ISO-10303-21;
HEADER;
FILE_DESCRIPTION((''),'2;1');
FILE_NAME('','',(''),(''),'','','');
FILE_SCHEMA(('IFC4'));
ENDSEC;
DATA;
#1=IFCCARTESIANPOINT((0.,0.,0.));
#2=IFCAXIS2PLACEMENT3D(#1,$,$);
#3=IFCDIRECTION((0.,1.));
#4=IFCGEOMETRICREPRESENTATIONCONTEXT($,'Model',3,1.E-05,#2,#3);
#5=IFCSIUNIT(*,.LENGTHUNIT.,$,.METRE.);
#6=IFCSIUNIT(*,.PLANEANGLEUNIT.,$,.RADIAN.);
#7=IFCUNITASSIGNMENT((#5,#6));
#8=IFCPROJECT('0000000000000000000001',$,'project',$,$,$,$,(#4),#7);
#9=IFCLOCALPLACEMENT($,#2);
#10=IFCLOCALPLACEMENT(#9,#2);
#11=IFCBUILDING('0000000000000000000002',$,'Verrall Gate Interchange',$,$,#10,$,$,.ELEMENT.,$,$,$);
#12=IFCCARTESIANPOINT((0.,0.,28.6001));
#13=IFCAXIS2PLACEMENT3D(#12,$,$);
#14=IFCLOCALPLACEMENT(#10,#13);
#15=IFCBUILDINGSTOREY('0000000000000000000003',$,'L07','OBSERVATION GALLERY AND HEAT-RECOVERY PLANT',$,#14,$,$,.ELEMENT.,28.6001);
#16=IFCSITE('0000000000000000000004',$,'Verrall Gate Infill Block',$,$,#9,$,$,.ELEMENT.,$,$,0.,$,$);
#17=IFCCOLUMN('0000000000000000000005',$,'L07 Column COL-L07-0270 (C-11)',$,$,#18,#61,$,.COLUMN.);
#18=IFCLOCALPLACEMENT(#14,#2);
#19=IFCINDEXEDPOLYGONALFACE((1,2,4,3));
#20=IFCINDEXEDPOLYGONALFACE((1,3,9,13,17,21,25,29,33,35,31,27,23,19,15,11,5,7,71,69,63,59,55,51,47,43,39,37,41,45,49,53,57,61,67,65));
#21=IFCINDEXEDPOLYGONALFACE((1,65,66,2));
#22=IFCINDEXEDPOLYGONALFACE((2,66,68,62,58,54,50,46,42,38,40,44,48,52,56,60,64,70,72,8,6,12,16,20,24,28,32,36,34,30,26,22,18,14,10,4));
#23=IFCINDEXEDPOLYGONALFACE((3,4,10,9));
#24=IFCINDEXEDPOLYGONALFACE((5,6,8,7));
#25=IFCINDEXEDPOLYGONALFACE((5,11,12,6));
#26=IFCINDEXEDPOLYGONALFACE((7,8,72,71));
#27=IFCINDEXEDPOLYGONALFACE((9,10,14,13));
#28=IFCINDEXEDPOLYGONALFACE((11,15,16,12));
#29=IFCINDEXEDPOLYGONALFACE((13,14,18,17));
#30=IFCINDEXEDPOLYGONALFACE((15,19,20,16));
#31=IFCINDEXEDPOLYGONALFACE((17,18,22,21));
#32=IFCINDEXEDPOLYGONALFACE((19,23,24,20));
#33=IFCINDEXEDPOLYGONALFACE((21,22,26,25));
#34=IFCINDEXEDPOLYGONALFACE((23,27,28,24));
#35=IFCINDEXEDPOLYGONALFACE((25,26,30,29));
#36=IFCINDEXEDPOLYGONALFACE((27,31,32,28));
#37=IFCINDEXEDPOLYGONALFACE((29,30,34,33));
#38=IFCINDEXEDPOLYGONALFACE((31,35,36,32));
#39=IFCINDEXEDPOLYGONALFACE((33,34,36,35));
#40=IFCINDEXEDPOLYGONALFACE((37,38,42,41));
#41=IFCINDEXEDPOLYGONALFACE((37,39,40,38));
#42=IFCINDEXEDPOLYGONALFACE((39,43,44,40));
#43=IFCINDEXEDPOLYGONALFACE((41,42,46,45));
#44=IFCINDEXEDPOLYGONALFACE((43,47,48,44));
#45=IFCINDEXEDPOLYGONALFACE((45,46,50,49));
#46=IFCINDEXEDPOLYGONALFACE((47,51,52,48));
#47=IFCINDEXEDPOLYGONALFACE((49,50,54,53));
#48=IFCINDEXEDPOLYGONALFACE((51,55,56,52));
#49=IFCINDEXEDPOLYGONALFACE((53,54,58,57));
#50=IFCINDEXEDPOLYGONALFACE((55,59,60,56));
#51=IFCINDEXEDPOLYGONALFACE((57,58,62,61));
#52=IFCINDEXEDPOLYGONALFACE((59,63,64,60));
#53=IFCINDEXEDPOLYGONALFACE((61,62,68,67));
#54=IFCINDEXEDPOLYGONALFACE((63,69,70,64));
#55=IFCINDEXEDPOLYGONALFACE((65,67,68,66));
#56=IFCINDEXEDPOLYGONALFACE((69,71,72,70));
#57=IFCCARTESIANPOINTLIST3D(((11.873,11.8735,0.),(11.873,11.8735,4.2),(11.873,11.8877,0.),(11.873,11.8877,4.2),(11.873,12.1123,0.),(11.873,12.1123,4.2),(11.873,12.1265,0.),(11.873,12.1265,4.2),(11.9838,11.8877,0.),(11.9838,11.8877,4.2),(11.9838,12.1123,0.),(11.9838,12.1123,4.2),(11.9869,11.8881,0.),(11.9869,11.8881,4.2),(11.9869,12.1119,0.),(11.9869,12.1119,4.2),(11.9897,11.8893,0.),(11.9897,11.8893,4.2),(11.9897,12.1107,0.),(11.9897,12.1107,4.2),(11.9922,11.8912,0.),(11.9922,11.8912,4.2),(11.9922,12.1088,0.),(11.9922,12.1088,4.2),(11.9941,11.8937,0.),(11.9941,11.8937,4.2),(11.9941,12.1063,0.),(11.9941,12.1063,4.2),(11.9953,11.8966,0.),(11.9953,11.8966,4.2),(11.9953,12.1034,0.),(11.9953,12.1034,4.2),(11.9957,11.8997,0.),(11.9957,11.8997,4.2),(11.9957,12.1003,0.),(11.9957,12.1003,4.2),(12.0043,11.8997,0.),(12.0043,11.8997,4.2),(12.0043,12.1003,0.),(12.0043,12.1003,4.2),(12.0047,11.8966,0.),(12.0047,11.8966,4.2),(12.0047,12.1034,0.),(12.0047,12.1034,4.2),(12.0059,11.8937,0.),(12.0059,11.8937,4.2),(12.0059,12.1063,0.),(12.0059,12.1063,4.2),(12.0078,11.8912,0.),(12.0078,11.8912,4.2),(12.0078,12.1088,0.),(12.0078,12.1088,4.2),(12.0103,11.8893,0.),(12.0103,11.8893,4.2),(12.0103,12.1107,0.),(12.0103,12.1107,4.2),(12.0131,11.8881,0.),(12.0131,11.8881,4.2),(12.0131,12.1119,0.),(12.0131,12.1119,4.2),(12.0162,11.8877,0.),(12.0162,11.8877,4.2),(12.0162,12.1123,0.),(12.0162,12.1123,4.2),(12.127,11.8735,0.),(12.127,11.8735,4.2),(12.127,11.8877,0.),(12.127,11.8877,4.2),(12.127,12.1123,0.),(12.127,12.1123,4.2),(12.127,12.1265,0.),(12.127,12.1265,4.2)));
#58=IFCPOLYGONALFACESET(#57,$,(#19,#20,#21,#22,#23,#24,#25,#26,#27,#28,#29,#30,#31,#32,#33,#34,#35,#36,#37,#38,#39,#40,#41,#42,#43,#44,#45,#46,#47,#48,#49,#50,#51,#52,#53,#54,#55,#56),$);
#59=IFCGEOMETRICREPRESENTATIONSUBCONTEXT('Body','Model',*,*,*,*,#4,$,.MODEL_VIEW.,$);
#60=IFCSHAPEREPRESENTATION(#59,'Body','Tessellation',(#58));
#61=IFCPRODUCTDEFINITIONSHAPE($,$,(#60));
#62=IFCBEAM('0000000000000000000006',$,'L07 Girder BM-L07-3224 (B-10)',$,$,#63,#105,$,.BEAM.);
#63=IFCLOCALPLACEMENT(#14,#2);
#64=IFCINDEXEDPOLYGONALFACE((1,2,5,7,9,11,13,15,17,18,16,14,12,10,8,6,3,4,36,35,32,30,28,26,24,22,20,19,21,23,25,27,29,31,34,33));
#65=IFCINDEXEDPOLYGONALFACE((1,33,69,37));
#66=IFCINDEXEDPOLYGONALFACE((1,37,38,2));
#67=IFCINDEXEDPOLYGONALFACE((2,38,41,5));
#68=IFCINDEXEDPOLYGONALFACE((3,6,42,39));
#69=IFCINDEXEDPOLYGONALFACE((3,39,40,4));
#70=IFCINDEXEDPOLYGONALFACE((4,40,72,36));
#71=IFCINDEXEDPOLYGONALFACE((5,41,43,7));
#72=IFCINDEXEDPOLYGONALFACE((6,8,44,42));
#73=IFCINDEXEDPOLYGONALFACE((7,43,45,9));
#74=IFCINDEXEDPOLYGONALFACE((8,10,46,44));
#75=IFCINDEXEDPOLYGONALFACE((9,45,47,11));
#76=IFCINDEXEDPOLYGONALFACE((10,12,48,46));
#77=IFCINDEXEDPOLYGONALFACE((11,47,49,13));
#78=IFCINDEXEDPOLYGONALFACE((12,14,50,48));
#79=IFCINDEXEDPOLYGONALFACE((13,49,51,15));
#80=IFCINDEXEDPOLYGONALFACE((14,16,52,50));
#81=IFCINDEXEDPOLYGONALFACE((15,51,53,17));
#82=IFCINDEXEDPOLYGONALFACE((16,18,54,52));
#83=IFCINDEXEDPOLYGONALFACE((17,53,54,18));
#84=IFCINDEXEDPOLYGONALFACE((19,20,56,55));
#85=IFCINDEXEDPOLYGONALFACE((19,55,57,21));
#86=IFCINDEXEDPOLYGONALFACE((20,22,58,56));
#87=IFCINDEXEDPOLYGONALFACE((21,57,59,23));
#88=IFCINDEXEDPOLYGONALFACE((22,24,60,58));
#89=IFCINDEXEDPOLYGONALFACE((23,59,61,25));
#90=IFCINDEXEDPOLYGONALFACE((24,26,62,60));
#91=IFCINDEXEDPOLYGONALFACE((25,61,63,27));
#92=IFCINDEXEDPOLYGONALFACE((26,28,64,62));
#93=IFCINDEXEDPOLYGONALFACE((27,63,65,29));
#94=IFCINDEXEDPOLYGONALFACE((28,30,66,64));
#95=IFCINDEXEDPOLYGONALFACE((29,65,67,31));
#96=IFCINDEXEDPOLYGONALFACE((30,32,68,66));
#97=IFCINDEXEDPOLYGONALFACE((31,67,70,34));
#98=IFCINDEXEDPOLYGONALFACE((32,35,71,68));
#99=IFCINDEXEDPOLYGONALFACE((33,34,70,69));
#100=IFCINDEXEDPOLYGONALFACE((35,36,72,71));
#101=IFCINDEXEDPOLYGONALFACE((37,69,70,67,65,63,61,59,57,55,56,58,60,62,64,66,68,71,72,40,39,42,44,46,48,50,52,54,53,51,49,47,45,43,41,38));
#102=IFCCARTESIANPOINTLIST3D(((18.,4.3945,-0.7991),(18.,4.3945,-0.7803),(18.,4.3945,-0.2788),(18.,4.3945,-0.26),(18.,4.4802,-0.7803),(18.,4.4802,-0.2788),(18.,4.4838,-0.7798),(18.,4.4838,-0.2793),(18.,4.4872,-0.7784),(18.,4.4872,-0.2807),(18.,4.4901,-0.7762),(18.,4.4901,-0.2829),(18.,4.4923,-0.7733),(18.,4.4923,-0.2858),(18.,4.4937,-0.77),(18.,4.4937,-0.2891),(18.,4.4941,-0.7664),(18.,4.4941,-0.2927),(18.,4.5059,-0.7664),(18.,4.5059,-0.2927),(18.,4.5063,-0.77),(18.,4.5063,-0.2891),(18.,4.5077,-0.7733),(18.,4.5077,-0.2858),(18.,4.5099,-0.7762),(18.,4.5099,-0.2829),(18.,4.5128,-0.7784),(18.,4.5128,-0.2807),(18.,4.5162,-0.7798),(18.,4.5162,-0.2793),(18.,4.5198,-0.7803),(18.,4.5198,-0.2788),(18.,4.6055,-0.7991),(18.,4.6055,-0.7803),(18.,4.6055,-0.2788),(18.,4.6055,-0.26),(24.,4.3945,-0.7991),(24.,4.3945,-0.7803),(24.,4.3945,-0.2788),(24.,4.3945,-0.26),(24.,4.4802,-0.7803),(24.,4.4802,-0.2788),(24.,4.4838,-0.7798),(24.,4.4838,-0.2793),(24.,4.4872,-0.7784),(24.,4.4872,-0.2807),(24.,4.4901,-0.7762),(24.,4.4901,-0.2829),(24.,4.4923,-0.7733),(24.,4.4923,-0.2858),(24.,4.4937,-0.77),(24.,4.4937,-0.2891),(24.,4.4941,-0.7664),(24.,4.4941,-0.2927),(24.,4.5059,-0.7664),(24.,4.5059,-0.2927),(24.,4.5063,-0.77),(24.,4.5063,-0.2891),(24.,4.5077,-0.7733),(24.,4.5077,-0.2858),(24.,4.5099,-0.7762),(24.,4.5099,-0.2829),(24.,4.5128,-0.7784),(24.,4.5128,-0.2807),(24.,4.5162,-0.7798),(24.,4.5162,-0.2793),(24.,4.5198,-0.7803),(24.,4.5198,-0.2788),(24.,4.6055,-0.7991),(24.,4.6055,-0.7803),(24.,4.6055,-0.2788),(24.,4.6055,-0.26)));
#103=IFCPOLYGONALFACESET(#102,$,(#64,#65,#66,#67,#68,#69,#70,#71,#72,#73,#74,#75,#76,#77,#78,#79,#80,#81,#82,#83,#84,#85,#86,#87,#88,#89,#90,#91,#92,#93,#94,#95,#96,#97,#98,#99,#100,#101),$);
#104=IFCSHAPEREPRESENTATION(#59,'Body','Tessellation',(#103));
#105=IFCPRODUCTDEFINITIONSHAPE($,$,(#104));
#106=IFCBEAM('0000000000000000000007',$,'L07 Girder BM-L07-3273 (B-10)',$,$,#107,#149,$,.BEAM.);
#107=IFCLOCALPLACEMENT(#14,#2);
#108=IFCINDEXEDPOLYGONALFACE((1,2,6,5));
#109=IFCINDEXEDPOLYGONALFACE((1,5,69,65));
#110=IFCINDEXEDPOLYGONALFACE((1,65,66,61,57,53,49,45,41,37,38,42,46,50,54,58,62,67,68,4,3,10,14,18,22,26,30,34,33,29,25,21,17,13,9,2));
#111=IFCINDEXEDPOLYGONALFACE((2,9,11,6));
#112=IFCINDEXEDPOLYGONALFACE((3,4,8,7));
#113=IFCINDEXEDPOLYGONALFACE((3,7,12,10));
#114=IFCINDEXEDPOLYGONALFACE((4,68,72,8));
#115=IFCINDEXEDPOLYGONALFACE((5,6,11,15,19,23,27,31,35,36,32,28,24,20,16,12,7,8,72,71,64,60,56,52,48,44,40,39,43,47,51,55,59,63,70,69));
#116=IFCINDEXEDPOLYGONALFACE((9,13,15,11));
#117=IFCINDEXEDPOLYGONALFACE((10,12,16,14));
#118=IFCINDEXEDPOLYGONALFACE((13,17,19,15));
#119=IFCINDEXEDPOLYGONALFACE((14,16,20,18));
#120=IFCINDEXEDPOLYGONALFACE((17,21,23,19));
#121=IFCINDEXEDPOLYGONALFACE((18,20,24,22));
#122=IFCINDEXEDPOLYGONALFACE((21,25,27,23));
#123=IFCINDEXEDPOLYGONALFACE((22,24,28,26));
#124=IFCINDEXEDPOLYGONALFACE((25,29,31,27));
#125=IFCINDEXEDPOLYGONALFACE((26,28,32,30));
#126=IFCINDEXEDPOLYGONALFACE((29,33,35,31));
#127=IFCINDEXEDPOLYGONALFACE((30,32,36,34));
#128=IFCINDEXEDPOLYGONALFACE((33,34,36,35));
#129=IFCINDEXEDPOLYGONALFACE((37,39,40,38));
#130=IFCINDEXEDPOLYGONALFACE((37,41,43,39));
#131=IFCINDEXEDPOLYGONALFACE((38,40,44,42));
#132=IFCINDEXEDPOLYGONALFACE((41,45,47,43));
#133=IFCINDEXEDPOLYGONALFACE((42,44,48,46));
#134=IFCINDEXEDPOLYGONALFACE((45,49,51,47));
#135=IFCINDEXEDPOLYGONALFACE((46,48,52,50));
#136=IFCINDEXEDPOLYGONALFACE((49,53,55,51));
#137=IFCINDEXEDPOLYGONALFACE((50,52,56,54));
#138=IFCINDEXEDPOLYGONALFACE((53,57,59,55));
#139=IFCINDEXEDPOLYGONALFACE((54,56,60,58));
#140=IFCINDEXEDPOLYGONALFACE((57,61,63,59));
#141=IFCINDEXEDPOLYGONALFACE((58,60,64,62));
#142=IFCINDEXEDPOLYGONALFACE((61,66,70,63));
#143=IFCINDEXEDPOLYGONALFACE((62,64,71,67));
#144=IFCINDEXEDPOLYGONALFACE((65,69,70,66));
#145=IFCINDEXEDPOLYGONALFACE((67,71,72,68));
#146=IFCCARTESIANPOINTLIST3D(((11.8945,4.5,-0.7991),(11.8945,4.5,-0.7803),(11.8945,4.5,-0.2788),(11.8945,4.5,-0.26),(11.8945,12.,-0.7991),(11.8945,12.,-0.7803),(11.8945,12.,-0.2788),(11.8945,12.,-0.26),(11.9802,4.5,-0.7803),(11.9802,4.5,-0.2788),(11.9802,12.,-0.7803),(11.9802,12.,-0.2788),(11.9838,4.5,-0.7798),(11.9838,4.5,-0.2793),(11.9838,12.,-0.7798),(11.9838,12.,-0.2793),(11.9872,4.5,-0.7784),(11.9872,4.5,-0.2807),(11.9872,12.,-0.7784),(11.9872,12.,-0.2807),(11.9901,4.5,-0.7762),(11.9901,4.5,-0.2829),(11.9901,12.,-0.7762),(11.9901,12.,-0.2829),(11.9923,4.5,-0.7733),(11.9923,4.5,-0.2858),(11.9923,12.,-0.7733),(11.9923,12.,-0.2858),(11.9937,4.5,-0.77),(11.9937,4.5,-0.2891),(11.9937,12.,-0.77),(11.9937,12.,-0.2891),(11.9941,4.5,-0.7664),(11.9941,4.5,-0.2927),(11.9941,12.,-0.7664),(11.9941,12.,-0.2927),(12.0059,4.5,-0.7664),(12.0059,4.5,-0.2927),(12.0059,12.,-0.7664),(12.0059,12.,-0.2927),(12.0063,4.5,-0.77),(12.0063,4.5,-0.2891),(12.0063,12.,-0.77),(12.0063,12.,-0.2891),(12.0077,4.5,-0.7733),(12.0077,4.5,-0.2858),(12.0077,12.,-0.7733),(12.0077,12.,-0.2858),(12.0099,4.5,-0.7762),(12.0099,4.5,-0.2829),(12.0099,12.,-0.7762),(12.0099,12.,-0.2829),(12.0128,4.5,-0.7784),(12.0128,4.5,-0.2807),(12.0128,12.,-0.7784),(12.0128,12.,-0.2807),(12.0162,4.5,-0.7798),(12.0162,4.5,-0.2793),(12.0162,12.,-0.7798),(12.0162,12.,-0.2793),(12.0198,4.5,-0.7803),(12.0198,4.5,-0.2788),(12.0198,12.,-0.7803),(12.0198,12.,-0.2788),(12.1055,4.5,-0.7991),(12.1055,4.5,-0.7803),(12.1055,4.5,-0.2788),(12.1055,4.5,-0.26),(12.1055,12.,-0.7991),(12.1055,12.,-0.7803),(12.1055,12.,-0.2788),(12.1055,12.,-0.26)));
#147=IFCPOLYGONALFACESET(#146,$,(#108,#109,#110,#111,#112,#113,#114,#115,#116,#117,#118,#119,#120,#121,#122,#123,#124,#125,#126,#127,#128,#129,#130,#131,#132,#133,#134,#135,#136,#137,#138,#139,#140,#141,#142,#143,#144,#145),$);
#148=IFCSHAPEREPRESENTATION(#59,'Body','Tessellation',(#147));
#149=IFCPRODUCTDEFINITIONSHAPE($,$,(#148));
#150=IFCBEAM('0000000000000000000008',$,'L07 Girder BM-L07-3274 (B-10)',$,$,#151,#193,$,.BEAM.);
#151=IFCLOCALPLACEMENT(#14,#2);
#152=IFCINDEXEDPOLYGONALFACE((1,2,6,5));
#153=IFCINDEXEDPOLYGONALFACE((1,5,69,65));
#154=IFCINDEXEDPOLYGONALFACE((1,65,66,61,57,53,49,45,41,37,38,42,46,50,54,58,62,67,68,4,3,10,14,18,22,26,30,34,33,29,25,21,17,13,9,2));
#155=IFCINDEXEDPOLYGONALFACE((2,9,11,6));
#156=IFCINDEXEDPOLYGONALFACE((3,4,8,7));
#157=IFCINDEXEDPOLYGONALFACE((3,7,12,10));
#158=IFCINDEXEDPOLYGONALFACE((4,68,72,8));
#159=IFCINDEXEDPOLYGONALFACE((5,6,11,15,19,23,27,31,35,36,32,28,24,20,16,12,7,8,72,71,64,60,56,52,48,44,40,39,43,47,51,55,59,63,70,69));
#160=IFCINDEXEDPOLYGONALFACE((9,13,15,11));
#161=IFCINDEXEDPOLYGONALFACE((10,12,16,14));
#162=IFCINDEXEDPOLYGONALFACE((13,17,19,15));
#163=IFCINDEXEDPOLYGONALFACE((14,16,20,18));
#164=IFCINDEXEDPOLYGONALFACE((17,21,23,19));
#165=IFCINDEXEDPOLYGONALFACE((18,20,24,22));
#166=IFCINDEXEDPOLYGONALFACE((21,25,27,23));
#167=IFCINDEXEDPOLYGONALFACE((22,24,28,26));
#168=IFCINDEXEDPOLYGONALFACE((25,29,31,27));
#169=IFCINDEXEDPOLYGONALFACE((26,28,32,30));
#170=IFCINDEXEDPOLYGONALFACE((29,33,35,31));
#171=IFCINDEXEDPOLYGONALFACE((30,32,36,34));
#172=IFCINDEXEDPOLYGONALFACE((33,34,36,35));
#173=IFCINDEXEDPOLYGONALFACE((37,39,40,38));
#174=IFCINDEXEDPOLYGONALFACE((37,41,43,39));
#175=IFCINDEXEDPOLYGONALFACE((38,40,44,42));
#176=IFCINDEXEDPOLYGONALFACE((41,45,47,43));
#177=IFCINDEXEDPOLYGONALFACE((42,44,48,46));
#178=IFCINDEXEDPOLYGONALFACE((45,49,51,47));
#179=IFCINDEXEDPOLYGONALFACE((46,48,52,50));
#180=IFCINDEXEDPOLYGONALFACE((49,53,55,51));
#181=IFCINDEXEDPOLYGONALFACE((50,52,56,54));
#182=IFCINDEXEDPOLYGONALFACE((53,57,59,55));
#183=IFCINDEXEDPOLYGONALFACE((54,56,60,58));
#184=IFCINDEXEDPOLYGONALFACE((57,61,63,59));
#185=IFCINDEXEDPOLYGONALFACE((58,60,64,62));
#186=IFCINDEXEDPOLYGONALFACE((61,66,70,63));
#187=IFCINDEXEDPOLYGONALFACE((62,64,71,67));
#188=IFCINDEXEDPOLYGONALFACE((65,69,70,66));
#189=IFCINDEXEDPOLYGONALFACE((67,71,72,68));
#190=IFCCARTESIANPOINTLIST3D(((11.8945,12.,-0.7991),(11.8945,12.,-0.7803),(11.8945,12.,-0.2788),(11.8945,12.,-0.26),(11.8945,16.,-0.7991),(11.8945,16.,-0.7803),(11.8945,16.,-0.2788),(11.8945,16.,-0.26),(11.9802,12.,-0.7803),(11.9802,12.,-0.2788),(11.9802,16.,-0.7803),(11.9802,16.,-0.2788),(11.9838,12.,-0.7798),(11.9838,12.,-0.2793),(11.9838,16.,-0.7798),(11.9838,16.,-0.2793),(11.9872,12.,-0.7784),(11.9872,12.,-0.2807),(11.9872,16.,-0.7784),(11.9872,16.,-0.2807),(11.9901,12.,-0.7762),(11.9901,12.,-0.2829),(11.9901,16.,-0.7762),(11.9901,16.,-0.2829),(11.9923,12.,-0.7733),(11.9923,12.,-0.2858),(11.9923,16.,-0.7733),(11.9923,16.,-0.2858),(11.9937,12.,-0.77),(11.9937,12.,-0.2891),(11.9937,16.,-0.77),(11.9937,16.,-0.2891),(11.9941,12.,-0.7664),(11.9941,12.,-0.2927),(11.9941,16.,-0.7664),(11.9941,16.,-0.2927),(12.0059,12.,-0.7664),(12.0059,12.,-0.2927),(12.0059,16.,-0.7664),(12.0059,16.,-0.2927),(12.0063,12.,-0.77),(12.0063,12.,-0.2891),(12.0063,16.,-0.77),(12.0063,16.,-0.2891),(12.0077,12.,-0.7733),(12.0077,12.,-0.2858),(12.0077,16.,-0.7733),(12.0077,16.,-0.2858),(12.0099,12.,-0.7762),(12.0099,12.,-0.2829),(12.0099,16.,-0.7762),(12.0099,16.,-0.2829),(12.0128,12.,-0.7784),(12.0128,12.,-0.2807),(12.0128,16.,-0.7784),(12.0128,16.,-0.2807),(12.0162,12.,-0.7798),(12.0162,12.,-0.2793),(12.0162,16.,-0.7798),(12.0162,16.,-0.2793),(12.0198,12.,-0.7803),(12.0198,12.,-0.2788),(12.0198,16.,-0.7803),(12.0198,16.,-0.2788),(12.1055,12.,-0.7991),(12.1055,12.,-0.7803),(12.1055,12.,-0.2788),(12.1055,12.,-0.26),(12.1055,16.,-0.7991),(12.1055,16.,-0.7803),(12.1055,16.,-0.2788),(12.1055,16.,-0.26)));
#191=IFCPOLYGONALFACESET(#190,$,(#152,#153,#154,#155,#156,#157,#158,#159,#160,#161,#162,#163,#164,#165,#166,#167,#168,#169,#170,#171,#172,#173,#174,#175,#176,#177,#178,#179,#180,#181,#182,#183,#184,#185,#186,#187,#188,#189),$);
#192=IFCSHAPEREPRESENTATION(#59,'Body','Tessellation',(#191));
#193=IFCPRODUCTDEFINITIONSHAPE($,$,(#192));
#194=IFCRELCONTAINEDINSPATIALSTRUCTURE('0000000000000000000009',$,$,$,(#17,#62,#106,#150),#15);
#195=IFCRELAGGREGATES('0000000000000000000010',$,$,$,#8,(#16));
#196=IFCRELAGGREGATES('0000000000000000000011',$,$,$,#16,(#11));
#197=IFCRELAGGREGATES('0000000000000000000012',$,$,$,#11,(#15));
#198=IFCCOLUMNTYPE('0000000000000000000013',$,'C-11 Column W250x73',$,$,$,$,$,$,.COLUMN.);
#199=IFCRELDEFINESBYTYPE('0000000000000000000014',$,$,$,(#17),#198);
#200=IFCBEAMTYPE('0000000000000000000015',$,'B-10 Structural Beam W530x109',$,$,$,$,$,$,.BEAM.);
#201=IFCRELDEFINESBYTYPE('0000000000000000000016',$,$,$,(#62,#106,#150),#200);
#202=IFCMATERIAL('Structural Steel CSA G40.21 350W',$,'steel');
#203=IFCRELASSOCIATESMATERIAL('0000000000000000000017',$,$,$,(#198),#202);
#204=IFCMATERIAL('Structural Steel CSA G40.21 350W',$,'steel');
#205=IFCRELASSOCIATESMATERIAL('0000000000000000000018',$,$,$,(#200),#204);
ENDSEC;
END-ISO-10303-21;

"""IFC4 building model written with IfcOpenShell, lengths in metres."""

from ifc_helpers import new_model, si_unit, direction, frame, origin, origin_2d, place, context, subcontext, project, spatial, i_section, extrude, material, material_profile, profile_set, type_object, element, save


model = new_model("IFC4")

# Units and contexts
model_context = context("Model", 3, precision=1e-05, world=origin(), true_north=direction((0.0, 1.0)))
body_context = subcontext(model_context, "Body", "Model", "MODEL_VIEW")
ifc_project = project(units=[si_unit("LENGTHUNIT", "METRE"), si_unit("PLANEANGLEUNIT", "RADIAN")], contexts=[model_context])

# Site, building, storey
site_placement = place(None, origin())
site = spatial("IfcSite", under=ifc_project, at=site_placement, Name="Verrall Gate Infill Block", CompositionType="ELEMENT", RefElevation=0.0)
building_placement = place(site_placement, origin())
building = spatial("IfcBuilding", under=site, at=building_placement, Name="Verrall Gate Interchange", CompositionType="ELEMENT")
storey_placement = place(building_placement, frame((0.0, 0.0, 28.6001)))
storey = spatial("IfcBuildingStorey", under=building, at=storey_placement, Name="L07", Description="OBSERVATION GALLERY AND HEAT-RECOVERY PLANT", CompositionType="ELEMENT", Elevation=28.6001)

# Column
ifc_material_1 = material(Name="Structural Steel CSA G40.21 350W", Category="steel")
ifc_material_profile_1 = material_profile(ifc_material_1, i_section(OverallWidth=0.2539, OverallDepth=0.2529, WebThickness=0.0085, FlangeThickness=0.0142, FilletRadius=0.012, at=origin_2d()), Name="W250x73")
ifc_profile_set_1 = profile_set([ifc_material_profile_1], Name="Structural Steel CSA G40.21 350W")
column_type = type_object("IfcColumnType", Name="C-11 Column W250x73", PredefinedType="COLUMN", material=ifc_profile_set_1)
column_placement = place(storey_placement, frame((12.0, 12.0, 0.0), z_axis=(0.0, 0.0, 1.0), x_axis=(1.0, 0.0, 0.0)))
element("IfcColumn", 1, at=column_placement, inside=storey, type_object=column_type, Name="L07 Column COL-L07-0270 (C-11)", PredefinedType="COLUMN", context=body_context, shape_type="SweptSolid", body=[
    extrude(i_section(OverallWidth=0.2539, OverallDepth=0.2529, WebThickness=0.0085, FlangeThickness=0.0142, FilletRadius=0.012, at=origin_2d()), origin(), (0.0, 0.0, 1.0), 4.2),
])

# Beams
ifc_material_2 = material(Name="Structural Steel CSA G40.21 350W", Category="steel")
ifc_material_profile_2 = material_profile(ifc_material_2, i_section(OverallWidth=0.2109, OverallDepth=0.5391, WebThickness=0.0117, FlangeThickness=0.0188, FilletRadius=0.0139, at=origin_2d()), Name="W530x109")
ifc_profile_set_2 = profile_set([ifc_material_profile_2], Name="Structural Steel CSA G40.21 350W")
beam_type_1 = type_object("IfcBeamType", Name="B-10 Structural Beam W530x109", PredefinedType="BEAM", material=ifc_profile_set_2)
beam_1_placement = place(storey_placement, frame((18.0, 4.5, -0.5295), z_axis=(1.0, 0.0, 0.0), x_axis=(0.0, 1.0, 0.0)))
element("IfcBeam", 2, at=beam_1_placement, inside=storey, type_object=beam_type_1, Name="L07 Girder BM-L07-3224 (B-10)", PredefinedType="BEAM", context=body_context, shape_type="SweptSolid", body=[
    extrude(i_section(OverallWidth=0.2109, OverallDepth=0.5391, WebThickness=0.0117, FlangeThickness=0.0188, FilletRadius=0.0139, at=origin_2d()), origin(), (0.0, 0.0, 1.0), 6.0),
])
beam_2_placement = place(storey_placement, frame((12.0, 4.5, -0.5295), z_axis=(0.0, 1.0, 0.0), x_axis=(-1.0, 0.0, 0.0)))
element("IfcBeam", 3, at=beam_2_placement, inside=storey, type_object=beam_type_1, Name="L07 Girder BM-L07-3273 (B-10)", PredefinedType="BEAM", context=body_context, shape_type="SweptSolid", body=[
    extrude(i_section(OverallWidth=0.2109, OverallDepth=0.5391, WebThickness=0.0117, FlangeThickness=0.0188, FilletRadius=0.0139, at=origin_2d()), origin(), (0.0, 0.0, 1.0), 7.5),
])
beam_3_placement = place(storey_placement, frame((12.0, 12.0, -0.5295), z_axis=(0.0, 1.0, 0.0), x_axis=(-1.0, 0.0, 0.0)))
element("IfcBeam", 4, at=beam_3_placement, inside=storey, type_object=beam_type_1, Name="L07 Girder BM-L07-3274 (B-10)", PredefinedType="BEAM", context=body_context, shape_type="SweptSolid", body=[
    extrude(i_section(OverallWidth=0.2109, OverallDepth=0.5391, WebThickness=0.0117, FlangeThickness=0.0188, FilletRadius=0.0139, at=origin_2d()), origin(), (0.0, 0.0, 1.0), 4.0),
])

save(model, "model.ifc")
